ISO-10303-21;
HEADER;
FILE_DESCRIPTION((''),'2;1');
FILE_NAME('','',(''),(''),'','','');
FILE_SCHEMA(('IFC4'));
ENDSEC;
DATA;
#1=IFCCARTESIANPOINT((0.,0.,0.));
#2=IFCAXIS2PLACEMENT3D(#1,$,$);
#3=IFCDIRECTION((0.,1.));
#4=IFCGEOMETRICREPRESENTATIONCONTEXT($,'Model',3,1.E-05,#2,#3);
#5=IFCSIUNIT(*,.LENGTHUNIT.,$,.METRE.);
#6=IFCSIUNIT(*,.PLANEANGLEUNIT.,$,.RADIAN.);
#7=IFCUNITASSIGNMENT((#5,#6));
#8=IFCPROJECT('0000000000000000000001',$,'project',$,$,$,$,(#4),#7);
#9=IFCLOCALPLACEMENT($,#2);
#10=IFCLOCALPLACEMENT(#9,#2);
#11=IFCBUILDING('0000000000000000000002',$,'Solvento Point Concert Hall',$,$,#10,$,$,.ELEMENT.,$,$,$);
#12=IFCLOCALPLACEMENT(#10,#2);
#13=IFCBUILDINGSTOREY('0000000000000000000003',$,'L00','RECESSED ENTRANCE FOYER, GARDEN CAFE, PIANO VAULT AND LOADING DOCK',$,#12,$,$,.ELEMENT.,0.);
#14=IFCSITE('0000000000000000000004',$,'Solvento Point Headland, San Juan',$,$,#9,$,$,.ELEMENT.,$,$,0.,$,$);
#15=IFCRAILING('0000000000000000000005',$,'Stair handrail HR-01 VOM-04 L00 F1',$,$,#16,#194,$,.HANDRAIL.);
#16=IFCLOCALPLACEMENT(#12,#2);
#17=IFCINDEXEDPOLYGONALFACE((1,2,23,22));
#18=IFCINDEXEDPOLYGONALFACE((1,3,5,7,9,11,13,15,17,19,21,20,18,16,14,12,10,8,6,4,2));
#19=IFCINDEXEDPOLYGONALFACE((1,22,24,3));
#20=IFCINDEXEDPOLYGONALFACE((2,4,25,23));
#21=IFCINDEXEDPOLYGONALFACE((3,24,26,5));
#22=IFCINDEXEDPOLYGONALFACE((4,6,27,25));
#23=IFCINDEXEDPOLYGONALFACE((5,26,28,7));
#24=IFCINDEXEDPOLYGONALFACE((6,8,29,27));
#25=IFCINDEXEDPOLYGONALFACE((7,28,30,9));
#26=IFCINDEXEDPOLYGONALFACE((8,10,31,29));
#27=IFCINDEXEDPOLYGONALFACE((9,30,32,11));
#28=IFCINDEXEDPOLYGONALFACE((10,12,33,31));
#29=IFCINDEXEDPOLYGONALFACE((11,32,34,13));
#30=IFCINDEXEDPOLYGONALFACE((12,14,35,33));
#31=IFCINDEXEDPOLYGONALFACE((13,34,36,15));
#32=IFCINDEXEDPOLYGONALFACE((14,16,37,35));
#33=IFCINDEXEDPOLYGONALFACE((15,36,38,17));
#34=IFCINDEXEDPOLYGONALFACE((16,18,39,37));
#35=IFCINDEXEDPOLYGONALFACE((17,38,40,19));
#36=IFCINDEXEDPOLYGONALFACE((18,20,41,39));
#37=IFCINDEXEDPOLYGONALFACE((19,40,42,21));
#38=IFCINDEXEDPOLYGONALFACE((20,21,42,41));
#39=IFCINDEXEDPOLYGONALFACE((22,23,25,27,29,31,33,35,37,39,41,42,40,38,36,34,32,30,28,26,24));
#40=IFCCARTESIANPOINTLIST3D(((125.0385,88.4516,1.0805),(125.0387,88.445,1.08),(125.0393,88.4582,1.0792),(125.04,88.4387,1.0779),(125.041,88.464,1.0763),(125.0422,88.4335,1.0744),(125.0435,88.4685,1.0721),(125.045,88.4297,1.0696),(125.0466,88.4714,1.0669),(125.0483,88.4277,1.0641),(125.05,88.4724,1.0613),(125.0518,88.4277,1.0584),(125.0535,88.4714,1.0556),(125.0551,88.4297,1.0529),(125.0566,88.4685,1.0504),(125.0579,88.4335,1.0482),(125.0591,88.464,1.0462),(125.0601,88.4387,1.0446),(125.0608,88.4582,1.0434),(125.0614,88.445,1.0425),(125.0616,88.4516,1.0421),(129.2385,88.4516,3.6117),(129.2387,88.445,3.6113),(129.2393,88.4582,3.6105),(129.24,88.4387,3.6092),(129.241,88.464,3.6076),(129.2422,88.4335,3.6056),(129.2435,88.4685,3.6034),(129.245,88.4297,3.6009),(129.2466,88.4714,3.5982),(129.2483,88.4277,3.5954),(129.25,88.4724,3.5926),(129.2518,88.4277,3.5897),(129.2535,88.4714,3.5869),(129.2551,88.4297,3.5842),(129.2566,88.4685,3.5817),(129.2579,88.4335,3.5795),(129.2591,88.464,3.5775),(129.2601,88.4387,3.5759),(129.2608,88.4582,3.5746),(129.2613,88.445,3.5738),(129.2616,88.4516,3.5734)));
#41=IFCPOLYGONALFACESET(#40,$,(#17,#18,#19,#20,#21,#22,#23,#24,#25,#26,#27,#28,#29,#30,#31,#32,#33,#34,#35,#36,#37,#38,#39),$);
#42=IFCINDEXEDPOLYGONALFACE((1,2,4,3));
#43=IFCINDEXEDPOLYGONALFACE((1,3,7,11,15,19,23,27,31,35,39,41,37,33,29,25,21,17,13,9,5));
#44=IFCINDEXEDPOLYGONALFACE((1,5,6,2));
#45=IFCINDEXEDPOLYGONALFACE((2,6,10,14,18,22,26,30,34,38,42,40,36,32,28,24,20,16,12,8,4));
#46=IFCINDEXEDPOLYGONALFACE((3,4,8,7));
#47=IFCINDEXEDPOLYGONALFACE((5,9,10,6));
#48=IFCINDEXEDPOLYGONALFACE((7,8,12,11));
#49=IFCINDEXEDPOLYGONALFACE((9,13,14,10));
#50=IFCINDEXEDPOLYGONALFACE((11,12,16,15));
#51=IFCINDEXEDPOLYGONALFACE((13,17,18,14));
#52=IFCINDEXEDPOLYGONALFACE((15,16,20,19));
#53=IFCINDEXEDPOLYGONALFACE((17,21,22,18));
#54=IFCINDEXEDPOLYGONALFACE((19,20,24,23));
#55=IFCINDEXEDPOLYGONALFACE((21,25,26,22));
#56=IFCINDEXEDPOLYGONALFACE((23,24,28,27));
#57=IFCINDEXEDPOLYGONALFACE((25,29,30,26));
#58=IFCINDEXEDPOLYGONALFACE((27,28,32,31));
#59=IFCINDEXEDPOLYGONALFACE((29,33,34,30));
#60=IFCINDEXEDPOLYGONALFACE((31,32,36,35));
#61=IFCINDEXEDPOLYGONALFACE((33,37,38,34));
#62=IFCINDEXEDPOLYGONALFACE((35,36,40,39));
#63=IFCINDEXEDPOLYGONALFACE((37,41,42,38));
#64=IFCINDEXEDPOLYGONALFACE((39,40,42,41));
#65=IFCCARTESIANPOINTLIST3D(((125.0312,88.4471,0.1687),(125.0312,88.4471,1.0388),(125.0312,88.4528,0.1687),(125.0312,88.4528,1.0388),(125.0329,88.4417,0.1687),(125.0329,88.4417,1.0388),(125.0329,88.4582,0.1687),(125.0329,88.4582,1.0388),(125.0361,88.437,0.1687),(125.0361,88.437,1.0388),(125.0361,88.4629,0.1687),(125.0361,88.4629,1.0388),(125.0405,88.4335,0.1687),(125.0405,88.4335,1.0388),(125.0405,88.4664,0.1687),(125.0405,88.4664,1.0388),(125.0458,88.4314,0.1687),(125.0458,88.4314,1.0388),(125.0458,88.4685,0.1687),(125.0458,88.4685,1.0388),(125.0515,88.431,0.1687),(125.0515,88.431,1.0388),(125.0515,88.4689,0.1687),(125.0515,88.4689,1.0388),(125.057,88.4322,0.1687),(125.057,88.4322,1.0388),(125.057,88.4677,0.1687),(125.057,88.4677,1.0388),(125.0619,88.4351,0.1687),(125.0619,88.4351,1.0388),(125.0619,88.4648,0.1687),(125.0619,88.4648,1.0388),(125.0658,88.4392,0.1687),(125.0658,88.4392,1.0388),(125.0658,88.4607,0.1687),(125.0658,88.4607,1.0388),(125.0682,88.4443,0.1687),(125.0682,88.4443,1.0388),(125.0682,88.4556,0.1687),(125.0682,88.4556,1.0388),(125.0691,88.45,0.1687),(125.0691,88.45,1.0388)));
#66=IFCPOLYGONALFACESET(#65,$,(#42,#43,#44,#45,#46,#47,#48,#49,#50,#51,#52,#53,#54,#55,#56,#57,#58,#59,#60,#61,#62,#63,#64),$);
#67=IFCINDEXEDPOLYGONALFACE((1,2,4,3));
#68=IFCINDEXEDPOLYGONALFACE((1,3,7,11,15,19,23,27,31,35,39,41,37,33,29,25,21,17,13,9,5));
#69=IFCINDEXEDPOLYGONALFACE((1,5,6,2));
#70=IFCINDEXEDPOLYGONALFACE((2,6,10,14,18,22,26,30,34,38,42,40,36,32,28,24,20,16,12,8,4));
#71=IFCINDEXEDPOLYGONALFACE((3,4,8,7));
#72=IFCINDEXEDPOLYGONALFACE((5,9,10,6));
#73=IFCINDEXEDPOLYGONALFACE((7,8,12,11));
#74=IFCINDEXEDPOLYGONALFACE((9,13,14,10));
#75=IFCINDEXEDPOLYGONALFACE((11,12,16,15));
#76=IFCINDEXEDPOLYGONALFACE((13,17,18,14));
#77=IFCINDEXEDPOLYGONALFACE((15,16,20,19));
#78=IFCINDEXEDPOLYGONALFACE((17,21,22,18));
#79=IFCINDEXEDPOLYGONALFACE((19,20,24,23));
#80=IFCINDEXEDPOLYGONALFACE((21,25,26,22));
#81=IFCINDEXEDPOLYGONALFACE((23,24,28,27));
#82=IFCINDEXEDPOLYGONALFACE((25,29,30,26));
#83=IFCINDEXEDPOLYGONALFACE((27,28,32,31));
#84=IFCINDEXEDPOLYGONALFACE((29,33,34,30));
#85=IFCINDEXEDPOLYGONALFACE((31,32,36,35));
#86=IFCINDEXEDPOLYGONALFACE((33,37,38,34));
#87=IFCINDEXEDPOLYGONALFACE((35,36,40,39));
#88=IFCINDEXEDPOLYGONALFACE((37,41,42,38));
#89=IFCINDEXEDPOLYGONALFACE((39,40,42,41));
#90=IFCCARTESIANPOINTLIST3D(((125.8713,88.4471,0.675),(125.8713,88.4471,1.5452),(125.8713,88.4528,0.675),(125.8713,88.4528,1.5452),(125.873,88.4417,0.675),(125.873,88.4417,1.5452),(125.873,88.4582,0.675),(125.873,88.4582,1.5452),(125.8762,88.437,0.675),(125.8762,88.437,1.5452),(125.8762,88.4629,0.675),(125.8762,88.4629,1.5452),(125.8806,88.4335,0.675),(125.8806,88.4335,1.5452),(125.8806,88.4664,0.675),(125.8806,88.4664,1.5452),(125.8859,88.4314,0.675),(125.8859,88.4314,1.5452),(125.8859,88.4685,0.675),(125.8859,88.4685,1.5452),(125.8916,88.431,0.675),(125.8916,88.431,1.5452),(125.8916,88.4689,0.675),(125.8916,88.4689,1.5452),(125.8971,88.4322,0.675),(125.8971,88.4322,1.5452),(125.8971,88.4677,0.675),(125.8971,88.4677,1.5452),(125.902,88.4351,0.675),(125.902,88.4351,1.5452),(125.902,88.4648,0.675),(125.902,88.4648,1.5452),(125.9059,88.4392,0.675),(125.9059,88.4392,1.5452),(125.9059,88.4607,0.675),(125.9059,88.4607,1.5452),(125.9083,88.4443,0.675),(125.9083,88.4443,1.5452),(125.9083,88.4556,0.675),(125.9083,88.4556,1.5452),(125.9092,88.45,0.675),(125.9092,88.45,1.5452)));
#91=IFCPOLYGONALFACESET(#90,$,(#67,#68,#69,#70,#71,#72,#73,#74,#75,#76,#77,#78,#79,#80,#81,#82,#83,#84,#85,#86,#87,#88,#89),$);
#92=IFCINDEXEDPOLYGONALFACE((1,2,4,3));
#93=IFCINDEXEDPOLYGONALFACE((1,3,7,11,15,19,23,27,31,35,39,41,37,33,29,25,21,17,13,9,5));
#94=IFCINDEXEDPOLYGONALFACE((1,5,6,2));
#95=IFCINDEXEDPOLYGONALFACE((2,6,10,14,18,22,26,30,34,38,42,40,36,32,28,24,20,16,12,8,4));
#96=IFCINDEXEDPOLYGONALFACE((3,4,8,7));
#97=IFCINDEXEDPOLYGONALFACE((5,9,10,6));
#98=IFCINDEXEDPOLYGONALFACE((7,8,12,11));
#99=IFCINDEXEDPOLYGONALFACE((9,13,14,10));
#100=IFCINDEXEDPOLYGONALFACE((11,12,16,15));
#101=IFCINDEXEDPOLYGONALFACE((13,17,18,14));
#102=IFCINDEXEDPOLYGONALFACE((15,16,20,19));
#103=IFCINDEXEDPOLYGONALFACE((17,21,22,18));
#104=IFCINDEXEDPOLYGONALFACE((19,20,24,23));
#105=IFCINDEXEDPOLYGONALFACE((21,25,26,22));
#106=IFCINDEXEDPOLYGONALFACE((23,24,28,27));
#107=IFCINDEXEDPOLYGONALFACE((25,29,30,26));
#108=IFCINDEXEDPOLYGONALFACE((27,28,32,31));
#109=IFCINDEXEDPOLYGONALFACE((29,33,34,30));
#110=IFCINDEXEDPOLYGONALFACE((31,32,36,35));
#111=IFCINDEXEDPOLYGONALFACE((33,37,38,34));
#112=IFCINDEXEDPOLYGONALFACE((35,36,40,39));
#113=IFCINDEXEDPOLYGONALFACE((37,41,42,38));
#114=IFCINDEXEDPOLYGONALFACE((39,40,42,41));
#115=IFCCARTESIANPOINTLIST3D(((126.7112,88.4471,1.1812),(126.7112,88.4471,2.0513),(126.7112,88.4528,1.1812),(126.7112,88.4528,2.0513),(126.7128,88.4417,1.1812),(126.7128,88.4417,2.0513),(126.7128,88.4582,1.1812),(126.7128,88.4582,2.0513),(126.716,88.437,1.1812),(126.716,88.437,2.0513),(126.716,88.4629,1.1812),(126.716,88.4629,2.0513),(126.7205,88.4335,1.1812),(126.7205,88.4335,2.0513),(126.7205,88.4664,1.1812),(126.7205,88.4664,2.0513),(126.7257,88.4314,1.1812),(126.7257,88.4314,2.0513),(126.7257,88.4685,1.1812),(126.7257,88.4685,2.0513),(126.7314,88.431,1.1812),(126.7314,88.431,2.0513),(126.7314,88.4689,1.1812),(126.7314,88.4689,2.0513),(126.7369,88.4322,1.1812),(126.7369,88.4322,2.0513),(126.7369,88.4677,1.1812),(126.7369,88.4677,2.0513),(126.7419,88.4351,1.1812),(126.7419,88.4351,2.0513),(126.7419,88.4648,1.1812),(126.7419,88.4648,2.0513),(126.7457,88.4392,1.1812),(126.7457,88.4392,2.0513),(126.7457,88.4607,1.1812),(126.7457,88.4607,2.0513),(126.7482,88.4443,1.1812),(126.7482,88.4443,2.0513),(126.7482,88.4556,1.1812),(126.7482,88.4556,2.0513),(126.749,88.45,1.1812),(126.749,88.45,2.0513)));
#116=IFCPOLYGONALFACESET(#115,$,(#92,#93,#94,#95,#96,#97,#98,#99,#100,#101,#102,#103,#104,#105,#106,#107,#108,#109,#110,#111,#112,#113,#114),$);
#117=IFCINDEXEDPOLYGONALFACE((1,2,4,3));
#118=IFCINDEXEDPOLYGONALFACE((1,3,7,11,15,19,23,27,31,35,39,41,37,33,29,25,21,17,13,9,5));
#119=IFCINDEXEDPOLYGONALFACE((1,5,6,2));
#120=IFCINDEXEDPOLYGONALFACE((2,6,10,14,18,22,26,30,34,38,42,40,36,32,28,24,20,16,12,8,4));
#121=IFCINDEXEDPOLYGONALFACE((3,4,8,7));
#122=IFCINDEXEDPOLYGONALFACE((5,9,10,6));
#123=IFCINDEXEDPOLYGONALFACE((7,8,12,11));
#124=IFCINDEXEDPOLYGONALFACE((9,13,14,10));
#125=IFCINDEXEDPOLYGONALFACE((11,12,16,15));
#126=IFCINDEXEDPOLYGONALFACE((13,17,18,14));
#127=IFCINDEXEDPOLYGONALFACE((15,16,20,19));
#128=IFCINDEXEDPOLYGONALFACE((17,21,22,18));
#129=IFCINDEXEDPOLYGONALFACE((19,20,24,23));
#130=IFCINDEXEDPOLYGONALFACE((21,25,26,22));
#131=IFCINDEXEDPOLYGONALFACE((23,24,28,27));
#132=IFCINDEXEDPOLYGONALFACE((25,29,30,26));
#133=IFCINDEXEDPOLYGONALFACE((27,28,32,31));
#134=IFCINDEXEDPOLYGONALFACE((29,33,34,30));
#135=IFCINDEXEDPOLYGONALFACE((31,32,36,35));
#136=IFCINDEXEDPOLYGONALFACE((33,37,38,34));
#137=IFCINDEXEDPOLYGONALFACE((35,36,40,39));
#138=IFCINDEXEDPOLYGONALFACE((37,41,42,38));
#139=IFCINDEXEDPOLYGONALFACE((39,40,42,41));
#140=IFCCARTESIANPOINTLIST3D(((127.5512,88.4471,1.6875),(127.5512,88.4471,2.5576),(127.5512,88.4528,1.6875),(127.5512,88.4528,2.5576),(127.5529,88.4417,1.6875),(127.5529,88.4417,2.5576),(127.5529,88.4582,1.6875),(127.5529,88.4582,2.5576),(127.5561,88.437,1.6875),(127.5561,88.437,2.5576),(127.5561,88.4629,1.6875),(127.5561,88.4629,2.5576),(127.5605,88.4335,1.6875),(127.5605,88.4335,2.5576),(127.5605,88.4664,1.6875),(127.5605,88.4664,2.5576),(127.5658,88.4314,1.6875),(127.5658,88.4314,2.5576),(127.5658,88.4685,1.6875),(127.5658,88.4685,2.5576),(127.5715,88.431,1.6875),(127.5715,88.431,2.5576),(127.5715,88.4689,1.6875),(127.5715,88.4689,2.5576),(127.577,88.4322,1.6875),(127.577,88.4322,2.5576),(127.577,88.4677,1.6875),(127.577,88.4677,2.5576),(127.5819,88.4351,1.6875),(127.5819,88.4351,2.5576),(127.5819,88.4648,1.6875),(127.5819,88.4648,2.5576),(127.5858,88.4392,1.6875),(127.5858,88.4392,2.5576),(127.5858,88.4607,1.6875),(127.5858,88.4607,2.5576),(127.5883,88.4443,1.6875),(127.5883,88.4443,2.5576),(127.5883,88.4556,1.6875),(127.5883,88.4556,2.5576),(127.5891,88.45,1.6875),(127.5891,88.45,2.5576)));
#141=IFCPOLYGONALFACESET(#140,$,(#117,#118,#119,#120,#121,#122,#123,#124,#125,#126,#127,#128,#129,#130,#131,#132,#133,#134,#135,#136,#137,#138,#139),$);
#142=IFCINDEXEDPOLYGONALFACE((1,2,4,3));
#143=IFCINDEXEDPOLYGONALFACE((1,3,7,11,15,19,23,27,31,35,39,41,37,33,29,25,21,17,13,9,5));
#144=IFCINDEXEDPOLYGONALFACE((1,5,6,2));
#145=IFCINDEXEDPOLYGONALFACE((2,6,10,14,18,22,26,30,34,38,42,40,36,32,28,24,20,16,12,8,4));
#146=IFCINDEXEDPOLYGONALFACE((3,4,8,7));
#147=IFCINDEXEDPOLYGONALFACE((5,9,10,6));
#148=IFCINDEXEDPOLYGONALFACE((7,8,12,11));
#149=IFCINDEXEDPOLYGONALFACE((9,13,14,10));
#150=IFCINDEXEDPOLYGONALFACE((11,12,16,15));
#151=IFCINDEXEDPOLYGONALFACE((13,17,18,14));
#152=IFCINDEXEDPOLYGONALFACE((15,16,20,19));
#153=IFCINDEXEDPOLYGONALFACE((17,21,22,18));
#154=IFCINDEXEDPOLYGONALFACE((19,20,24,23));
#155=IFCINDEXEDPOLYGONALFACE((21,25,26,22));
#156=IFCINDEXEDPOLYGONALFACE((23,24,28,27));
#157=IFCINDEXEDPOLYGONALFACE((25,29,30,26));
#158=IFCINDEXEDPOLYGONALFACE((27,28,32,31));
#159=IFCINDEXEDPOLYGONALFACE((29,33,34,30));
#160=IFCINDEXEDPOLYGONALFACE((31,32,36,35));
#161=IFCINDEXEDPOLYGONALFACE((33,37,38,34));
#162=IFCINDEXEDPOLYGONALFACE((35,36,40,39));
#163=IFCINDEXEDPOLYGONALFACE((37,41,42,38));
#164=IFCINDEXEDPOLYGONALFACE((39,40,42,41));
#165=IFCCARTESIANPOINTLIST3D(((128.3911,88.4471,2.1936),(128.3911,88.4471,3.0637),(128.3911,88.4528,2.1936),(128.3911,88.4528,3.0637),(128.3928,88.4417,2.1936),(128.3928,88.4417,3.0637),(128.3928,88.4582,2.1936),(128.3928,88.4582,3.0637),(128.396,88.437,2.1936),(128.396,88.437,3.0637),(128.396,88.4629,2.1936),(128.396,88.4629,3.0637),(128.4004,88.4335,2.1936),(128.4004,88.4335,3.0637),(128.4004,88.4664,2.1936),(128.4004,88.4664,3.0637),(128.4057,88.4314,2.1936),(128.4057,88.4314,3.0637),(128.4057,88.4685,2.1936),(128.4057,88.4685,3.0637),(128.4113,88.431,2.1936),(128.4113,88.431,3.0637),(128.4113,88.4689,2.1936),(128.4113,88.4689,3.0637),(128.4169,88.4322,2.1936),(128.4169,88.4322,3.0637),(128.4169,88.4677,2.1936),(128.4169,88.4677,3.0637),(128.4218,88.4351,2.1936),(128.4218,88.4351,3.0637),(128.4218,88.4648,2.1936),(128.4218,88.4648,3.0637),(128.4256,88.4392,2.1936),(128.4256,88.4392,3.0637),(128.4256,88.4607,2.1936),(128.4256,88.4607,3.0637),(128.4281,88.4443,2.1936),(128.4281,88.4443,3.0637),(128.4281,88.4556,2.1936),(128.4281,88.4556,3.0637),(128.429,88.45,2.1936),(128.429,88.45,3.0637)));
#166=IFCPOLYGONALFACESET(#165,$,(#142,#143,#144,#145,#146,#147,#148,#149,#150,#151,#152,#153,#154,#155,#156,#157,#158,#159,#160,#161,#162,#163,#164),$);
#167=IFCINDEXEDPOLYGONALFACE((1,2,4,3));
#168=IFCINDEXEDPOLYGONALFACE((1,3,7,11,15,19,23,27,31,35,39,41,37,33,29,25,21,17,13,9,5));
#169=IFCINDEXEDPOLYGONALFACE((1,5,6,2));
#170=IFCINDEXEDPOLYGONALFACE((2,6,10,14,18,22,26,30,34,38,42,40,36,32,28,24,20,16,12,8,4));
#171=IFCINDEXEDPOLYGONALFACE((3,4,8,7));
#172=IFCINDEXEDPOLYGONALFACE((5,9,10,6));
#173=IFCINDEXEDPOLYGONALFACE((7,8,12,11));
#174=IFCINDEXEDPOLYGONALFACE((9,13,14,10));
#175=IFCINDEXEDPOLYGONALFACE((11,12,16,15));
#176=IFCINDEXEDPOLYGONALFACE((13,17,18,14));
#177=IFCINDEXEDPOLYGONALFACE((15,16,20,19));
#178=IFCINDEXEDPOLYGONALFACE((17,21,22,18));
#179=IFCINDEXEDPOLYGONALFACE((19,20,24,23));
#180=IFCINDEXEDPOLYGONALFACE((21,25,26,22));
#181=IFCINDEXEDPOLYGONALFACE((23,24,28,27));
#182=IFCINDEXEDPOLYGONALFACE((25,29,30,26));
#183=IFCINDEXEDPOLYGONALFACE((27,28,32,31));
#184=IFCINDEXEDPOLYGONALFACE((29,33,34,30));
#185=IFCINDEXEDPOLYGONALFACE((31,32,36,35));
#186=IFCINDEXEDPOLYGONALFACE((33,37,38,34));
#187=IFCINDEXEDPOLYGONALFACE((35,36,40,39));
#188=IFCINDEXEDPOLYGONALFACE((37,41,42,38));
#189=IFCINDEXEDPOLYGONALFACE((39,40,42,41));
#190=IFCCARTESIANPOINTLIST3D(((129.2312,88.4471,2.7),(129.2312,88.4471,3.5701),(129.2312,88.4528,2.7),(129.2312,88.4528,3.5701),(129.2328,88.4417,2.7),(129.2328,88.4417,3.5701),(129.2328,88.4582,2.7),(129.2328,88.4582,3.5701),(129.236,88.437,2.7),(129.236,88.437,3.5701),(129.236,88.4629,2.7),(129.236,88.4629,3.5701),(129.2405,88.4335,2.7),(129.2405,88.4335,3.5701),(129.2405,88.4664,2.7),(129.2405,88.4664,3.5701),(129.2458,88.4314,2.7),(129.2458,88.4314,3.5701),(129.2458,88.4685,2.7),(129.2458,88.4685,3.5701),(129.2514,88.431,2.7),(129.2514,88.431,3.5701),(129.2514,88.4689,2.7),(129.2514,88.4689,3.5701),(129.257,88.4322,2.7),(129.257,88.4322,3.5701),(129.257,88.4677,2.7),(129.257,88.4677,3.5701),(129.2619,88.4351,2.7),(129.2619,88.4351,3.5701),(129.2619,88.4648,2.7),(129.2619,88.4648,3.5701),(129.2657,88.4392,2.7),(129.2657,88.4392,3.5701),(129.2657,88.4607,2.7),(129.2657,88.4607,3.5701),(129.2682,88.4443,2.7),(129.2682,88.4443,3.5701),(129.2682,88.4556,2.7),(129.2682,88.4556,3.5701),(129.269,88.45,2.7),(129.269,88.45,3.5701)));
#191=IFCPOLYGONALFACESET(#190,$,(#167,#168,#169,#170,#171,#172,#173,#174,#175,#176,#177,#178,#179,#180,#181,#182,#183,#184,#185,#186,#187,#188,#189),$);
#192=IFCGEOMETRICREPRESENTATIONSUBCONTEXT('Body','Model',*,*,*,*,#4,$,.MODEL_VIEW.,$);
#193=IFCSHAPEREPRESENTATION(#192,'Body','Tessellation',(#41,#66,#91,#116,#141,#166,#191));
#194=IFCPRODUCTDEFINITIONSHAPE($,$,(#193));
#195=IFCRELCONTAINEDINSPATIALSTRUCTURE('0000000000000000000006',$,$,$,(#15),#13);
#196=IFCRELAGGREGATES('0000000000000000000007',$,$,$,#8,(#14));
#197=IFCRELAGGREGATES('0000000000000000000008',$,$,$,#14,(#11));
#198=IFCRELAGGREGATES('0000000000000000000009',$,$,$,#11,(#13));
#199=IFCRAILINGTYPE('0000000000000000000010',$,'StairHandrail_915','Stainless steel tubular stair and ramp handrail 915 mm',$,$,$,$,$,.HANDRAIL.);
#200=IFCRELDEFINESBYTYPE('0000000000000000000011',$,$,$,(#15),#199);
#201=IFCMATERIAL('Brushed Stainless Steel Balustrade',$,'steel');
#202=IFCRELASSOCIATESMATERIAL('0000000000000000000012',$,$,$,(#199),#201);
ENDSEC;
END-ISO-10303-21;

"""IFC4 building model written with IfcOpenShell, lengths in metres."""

from ifc_helpers import new_model, si_unit, direction, frame, origin, origin_2d, place, context, subcontext, project, spatial, circle, extrude, material, type_object, element, save


model = new_model("IFC4")

# Units and contexts
model_context = context("Model", 3, precision=1e-05, world=origin(), true_north=direction((0.0, 1.0)))
body_context = subcontext(model_context, "Body", "Model", "MODEL_VIEW")
ifc_project = project(units=[si_unit("LENGTHUNIT", "METRE"), si_unit("PLANEANGLEUNIT", "RADIAN")], contexts=[model_context])

# Site, building, storey
site_placement = place(None, origin())
site = spatial("IfcSite", under=ifc_project, at=site_placement, Name="Solvento Point Headland, San Juan", CompositionType="ELEMENT", RefElevation=0.0)
building_placement = place(site_placement, origin())
building = spatial("IfcBuilding", under=site, at=building_placement, Name="Solvento Point Concert Hall", CompositionType="ELEMENT")
storey_placement = place(building_placement, origin())
storey = spatial("IfcBuildingStorey", under=building, at=storey_placement, Name="L00", Description="RECESSED ENTRANCE FOYER, GARDEN CAFE, PIANO VAULT AND LOADING DOCK", CompositionType="ELEMENT", Elevation=0.0)

# Railing
ifc_material_1 = material(Name="Brushed Stainless Steel Balustrade", Category="steel")
railing_type_1 = type_object("IfcRailingType", Name="StairHandrail_915", Description="Stainless steel tubular stair and ramp handrail 915 mm", PredefinedType="HANDRAIL", material=ifc_material_1)
railing_1_placement = place(storey_placement, frame((125.05, 88.45, 0.1687)))
element("IfcRailing", 1, at=railing_1_placement, inside=storey, type_object=railing_type_1, Name="Stair handrail HR-01 VOM-04 L00 F1", PredefinedType="HANDRAIL", context=body_context, shape_type="SweptSolid", body=[
    extrude(circle(Radius=0.0225, at=origin_2d()), frame((0.0, 0.0, 0.8926), z_axis=(0.856476, 0.0, 0.516186), x_axis=(0.0, 1.0, 0.0)), (0.0, 0.0, 1.0), 4.9038),
    extrude(circle(Radius=0.019, at=origin_2d()), origin(), (0.0, 0.0, 1.0), 0.8701),
    extrude(circle(Radius=0.019, at=origin_2d()), frame((0.8401, 0.0, 0.5063)), (0.0, 0.0, 1.0), 0.8701),
    extrude(circle(Radius=0.019, at=origin_2d()), frame((1.6799, 0.0, 1.0125)), (0.0, 0.0, 1.0), 0.8701),
    extrude(circle(Radius=0.019, at=origin_2d()), frame((2.52, 0.0, 1.5188)), (0.0, 0.0, 1.0), 0.8701),
    extrude(circle(Radius=0.019, at=origin_2d()), frame((3.3599, 0.0, 2.0249)), (0.0, 0.0, 1.0), 0.8701),
    extrude(circle(Radius=0.019, at=origin_2d()), frame((4.2, 0.0, 2.5312)), (0.0, 0.0, 1.0), 0.8701),
])

save(model, "model.ifc")
